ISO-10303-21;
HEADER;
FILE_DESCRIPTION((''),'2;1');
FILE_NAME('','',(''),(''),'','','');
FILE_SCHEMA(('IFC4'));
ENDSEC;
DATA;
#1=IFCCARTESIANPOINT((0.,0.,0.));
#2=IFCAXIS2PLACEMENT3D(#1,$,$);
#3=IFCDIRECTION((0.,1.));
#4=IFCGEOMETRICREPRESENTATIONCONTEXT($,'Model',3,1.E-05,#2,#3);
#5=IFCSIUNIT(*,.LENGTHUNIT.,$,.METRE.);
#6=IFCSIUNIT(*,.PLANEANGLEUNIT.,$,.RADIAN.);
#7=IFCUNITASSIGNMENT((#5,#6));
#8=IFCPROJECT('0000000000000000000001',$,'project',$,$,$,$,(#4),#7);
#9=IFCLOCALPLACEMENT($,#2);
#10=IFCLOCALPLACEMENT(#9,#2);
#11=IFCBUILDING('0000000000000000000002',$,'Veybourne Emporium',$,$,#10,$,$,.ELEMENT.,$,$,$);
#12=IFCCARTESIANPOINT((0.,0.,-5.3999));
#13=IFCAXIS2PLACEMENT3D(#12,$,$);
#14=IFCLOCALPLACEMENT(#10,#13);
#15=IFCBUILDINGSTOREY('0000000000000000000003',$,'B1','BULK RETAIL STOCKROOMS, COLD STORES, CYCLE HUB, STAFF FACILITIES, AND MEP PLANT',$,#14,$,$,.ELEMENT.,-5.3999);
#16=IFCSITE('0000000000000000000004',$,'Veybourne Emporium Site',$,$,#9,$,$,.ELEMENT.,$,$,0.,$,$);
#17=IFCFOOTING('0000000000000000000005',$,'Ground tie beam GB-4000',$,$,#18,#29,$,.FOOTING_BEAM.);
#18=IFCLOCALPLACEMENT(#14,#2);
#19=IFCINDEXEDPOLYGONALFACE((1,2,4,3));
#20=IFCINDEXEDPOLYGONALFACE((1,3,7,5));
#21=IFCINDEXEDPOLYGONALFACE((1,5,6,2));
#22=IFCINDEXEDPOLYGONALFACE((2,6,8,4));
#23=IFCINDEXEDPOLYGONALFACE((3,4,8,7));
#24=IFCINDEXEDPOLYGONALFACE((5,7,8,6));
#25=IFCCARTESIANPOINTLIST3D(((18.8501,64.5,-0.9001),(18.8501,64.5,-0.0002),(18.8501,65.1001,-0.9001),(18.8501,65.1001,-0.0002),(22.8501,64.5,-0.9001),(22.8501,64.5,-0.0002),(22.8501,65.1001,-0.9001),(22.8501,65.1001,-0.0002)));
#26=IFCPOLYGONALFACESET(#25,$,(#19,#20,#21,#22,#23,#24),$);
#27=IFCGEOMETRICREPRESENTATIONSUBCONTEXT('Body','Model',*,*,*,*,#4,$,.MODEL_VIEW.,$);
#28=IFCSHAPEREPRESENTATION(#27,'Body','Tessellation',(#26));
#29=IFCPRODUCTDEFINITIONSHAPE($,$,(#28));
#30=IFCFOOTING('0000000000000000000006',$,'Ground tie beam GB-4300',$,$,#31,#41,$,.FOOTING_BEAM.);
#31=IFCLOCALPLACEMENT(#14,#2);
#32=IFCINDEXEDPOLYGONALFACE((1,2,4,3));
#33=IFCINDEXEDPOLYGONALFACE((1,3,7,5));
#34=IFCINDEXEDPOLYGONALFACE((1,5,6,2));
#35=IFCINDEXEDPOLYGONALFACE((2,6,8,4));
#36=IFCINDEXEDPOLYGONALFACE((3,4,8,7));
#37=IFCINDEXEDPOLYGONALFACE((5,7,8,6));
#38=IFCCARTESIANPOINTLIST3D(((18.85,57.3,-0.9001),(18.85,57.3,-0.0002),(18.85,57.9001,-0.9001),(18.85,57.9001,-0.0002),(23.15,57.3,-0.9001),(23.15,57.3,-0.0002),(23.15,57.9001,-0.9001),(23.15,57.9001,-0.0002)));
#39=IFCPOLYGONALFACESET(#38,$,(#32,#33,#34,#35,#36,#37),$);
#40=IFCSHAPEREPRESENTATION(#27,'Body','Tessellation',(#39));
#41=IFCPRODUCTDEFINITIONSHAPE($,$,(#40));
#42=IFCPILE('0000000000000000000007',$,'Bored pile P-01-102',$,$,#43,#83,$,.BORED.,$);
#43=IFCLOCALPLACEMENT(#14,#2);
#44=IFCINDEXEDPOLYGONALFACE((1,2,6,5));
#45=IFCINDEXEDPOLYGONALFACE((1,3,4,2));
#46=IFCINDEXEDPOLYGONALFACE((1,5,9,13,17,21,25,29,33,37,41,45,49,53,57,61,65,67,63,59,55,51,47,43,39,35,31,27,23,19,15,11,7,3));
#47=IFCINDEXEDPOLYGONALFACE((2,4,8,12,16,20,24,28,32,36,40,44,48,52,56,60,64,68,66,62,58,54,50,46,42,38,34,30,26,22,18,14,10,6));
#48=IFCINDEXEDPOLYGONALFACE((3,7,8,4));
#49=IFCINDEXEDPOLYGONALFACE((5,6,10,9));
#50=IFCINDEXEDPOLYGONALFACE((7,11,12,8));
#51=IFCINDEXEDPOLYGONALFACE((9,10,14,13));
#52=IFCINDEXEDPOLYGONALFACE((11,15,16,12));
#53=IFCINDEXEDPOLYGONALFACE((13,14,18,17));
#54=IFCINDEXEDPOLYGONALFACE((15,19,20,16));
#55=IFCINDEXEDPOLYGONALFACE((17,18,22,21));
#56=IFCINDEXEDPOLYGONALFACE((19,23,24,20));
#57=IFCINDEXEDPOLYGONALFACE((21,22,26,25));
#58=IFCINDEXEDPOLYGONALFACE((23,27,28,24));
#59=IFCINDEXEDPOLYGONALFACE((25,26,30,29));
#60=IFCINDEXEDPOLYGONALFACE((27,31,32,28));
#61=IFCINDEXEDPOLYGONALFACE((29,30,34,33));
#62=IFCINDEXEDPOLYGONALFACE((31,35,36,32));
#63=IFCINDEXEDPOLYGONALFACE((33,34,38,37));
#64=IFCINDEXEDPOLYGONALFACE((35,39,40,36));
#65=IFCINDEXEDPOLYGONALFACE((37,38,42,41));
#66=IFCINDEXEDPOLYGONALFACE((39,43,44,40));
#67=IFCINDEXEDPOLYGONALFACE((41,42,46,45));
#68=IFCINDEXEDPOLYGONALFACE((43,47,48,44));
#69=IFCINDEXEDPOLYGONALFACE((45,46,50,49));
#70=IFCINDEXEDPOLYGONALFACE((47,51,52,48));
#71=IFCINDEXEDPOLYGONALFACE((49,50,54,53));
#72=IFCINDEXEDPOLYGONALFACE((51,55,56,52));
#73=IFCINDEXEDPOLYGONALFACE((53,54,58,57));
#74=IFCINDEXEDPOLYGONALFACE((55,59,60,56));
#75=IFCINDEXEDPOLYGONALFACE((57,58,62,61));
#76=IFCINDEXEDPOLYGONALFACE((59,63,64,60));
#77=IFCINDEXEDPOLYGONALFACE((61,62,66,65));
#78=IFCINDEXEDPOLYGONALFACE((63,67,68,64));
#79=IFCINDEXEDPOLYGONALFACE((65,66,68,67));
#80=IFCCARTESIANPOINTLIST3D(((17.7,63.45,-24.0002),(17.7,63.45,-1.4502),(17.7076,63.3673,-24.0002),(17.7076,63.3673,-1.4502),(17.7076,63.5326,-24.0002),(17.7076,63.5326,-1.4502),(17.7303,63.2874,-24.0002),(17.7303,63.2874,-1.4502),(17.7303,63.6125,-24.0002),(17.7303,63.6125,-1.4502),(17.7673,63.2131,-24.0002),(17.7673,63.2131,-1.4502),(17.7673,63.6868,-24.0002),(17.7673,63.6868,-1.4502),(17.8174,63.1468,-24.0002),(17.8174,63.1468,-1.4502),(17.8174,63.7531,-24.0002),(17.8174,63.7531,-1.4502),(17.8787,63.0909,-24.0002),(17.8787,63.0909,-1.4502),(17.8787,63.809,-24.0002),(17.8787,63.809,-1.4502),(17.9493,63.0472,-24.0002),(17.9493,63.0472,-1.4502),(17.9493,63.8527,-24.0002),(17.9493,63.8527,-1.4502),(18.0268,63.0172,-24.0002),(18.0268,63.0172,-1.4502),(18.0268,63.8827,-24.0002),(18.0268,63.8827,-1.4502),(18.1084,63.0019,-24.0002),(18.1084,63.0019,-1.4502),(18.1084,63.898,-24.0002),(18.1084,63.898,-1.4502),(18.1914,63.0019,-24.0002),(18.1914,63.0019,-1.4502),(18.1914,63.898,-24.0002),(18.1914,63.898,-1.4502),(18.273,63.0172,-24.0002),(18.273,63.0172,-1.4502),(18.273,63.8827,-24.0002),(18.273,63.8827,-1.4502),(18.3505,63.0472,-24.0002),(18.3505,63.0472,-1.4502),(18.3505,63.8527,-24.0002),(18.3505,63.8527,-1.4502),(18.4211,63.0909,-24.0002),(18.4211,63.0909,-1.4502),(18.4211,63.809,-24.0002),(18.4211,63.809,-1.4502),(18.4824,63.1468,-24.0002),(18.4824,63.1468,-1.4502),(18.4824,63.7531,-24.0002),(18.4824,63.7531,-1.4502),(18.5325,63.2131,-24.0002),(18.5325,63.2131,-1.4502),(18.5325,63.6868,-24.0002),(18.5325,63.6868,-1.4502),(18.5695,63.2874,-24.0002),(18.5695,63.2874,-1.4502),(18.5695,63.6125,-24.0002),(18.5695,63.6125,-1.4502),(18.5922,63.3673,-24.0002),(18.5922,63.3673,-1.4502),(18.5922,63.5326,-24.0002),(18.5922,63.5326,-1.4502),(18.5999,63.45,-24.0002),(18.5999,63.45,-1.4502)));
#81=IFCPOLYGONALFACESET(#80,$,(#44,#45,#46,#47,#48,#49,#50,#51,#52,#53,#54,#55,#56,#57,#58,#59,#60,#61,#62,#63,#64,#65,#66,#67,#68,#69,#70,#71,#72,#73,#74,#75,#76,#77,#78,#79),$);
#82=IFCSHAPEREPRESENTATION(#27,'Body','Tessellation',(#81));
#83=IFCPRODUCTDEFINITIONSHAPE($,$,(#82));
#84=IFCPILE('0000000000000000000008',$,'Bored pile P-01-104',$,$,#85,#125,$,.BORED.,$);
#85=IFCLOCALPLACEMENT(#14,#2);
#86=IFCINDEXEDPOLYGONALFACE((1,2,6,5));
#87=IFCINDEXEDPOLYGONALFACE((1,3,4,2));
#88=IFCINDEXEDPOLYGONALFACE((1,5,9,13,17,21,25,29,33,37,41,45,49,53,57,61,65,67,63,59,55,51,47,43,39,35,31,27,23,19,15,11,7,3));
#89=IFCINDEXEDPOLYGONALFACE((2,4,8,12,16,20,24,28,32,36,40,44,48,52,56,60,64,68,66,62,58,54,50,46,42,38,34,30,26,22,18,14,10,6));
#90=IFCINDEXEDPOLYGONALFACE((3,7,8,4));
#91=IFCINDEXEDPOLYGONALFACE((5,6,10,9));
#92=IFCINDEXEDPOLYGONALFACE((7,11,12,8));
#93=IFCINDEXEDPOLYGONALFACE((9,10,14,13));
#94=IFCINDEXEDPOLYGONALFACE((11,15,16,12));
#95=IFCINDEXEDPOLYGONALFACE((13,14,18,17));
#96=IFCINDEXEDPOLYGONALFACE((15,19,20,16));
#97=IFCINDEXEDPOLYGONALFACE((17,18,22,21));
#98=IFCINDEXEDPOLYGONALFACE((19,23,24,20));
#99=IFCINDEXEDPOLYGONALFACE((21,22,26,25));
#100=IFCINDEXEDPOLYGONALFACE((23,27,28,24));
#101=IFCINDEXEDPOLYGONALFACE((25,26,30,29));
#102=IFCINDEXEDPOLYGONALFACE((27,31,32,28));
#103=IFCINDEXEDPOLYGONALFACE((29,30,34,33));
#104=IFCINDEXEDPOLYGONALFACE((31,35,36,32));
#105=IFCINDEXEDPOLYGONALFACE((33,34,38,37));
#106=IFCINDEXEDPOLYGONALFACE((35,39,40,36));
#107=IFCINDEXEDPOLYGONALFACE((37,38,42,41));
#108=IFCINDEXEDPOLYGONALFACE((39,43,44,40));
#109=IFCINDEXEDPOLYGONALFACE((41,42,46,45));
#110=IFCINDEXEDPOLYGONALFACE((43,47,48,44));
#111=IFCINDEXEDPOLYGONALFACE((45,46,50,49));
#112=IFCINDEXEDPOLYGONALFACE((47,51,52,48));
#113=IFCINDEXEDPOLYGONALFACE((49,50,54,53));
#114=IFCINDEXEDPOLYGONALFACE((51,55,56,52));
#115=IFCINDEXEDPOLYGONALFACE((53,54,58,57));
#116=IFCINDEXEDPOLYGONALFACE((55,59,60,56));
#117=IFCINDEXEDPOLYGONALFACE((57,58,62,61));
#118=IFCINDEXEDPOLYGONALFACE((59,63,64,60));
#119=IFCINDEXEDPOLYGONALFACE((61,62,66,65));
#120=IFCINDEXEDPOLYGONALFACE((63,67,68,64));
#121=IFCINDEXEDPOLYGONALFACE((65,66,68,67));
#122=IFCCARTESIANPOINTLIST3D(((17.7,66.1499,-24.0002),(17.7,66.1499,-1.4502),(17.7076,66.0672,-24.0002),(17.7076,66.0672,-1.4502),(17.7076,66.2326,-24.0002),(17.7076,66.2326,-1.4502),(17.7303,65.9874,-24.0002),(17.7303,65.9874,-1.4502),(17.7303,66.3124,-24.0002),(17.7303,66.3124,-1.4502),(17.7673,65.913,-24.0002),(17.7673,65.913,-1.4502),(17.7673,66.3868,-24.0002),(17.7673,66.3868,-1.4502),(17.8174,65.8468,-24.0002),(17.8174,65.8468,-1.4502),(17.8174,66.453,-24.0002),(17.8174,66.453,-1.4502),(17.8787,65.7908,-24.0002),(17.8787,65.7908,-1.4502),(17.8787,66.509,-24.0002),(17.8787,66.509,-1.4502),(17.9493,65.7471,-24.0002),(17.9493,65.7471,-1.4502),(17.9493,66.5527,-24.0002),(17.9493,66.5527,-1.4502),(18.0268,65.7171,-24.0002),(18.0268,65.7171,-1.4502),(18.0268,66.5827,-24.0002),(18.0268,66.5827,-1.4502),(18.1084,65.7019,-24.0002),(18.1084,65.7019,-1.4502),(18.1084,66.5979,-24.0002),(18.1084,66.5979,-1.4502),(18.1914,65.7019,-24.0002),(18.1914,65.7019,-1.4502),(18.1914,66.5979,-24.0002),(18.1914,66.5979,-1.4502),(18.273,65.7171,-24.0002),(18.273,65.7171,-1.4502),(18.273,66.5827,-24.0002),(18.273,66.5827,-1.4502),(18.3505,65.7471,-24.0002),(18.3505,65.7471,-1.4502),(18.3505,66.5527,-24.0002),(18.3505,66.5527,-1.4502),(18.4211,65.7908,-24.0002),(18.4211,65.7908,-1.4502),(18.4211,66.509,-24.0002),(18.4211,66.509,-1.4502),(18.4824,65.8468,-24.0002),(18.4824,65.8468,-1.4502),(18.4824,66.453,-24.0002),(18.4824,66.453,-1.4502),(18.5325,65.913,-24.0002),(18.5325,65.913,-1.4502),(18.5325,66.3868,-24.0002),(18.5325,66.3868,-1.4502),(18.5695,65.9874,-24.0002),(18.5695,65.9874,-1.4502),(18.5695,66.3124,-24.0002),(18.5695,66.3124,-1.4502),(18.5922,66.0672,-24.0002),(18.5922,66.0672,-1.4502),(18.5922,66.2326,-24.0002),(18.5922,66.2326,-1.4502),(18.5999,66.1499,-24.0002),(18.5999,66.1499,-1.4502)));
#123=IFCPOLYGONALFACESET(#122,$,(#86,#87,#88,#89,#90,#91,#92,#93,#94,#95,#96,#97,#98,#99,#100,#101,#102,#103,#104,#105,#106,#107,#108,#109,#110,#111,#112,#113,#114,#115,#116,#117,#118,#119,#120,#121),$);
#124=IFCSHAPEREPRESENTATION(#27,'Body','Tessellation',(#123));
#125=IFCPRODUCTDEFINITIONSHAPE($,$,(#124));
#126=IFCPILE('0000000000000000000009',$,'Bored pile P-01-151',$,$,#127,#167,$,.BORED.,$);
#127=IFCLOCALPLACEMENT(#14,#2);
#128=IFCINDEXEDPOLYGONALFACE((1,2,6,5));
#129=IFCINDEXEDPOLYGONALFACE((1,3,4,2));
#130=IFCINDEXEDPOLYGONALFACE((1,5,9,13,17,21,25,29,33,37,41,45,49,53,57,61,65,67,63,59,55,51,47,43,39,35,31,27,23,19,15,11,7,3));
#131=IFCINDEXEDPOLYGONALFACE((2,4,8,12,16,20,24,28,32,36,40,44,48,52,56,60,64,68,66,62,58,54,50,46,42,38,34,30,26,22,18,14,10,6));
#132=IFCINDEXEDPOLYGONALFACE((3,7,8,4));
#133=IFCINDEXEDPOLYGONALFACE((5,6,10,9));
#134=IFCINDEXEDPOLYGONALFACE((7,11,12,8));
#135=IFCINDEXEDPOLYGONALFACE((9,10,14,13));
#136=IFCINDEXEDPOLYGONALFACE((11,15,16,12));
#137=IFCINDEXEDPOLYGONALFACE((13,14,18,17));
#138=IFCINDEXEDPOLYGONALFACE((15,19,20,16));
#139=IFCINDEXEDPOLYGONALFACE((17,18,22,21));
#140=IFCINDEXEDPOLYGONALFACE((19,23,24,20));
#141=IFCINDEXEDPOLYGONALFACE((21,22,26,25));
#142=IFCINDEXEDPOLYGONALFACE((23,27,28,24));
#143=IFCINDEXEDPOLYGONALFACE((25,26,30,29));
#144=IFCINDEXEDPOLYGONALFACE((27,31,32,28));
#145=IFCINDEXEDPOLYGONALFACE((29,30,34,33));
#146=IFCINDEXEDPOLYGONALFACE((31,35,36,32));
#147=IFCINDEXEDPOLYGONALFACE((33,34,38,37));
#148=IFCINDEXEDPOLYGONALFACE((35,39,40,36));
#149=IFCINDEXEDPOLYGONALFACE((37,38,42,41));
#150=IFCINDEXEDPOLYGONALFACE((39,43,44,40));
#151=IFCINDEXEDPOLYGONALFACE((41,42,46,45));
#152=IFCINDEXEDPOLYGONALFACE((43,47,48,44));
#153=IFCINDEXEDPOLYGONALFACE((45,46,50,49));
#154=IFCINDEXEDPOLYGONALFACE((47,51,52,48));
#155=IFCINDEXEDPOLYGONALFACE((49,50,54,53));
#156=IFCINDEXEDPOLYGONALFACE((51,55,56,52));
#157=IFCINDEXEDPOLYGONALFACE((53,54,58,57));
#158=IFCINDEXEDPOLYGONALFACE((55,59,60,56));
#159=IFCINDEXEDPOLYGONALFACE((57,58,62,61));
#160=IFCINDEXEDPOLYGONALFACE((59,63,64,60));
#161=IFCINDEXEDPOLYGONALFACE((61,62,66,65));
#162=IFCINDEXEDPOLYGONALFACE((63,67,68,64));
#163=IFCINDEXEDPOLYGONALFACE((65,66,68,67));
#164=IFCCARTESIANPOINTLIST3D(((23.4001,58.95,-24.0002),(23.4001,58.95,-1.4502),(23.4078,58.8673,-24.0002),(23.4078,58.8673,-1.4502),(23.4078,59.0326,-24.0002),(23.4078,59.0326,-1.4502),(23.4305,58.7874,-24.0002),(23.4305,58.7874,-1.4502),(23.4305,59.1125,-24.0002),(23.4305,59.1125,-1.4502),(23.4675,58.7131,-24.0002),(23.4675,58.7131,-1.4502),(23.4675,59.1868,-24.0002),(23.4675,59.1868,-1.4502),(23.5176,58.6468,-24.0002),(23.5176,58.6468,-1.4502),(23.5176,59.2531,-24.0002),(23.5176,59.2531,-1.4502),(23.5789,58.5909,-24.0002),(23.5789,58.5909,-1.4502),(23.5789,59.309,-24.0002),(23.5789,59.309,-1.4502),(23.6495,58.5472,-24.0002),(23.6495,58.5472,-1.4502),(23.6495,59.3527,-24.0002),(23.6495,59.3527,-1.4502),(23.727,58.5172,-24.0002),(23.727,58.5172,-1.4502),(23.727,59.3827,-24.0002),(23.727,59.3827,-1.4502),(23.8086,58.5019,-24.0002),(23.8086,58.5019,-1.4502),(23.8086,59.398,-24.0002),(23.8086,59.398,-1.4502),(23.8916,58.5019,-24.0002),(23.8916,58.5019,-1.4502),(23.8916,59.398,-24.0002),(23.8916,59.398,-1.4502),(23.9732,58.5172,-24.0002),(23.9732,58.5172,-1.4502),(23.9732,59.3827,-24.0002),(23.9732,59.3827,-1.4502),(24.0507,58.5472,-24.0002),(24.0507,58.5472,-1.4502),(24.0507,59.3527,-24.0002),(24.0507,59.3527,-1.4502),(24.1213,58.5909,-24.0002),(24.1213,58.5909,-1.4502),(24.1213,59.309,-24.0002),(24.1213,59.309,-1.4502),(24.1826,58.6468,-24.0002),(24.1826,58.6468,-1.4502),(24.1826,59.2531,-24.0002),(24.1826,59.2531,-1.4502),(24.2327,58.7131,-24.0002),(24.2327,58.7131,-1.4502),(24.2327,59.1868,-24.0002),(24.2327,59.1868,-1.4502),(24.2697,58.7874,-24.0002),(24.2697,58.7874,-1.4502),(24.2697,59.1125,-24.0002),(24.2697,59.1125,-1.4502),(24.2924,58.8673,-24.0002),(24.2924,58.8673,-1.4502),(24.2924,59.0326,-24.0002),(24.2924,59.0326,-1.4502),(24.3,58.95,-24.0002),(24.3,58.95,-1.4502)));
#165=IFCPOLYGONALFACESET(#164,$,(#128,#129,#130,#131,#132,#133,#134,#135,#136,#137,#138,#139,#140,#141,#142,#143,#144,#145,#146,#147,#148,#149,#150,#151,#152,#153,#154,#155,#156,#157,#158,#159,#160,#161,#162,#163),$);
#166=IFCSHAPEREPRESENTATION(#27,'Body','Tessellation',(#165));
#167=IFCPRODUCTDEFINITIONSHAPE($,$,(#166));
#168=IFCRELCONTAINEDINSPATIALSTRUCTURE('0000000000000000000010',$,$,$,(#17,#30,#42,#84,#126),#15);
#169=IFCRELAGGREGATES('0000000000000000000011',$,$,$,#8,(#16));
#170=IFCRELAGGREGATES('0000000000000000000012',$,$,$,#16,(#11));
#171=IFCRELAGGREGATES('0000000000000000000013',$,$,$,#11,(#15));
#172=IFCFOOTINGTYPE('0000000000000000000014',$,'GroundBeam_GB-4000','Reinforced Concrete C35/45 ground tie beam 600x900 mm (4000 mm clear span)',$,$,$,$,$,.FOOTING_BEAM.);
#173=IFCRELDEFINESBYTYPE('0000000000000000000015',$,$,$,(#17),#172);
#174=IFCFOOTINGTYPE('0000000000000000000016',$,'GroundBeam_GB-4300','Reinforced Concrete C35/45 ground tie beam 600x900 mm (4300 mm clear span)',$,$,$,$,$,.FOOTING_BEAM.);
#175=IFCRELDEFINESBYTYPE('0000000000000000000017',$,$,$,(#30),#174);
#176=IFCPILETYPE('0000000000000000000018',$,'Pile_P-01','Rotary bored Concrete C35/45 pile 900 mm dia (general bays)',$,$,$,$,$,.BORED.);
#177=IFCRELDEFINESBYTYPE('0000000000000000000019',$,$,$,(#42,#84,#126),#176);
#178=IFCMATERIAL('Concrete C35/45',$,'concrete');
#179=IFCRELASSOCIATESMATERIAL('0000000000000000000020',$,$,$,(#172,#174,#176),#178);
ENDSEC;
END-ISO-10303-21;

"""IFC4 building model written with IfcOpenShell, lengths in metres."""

from ifc_helpers import new_model, si_unit, direction, frame, origin, origin_2d, place, context, subcontext, project, spatial, rectangle, circle, extrude, material, material_profile, profile_set, type_object, element, save


model = new_model("IFC4")

# Units and contexts
model_context = context("Model", 3, precision=1e-05, world=origin(), true_north=direction((0.0, 1.0)))
body_context = subcontext(model_context, "Body", "Model", "MODEL_VIEW")
ifc_project = project(units=[si_unit("LENGTHUNIT", "METRE"), si_unit("PLANEANGLEUNIT", "RADIAN")], contexts=[model_context])

# Site, building, storey
site_placement = place(None, origin())
site = spatial("IfcSite", under=ifc_project, at=site_placement, Name="Veybourne Emporium Site", CompositionType="ELEMENT", RefElevation=0.0)
building_placement = place(site_placement, origin())
building = spatial("IfcBuilding", under=site, at=building_placement, Name="Veybourne Emporium", CompositionType="ELEMENT")
storey_placement = place(building_placement, frame((0.0, 0.0, -5.3999)))
storey = spatial("IfcBuildingStorey", under=building, at=storey_placement, Name="B1", Description="BULK RETAIL STOCKROOMS, COLD STORES, CYCLE HUB, STAFF FACILITIES, AND MEP PLANT", CompositionType="ELEMENT", Elevation=-5.3999)

# Footings
ifc_material_1 = material(Name="Concrete C35/45", Category="concrete")
footing_type_1 = type_object("IfcFootingType", Name="GroundBeam_GB-4000", Description="Reinforced Concrete C35/45 ground tie beam 600x900 mm (4000 mm clear span)", PredefinedType="FOOTING_BEAM", material=ifc_material_1)
footing_1_placement = place(storey_placement, frame((20.8501, 64.8, -0.9001), z_axis=(0.0, 0.0, 1.0), x_axis=(1.0, 0.0, 0.0)))
element("IfcFooting", 1, at=footing_1_placement, inside=storey, type_object=footing_type_1, Name="Ground tie beam GB-4000", PredefinedType="FOOTING_BEAM", context=body_context, shape_type="SweptSolid", body=[
    extrude(rectangle(XDim=4.0, YDim=0.6001, at=origin_2d()), origin(), (0.0, 0.0, 1.0), 0.8999),
])
footing_type_2 = type_object("IfcFootingType", Name="GroundBeam_GB-4300", Description="Reinforced Concrete C35/45 ground tie beam 600x900 mm (4300 mm clear span)", PredefinedType="FOOTING_BEAM", material=ifc_material_1)
footing_2_placement = place(storey_placement, frame((21.0, 57.6001, -0.9001), z_axis=(0.0, 0.0, 1.0), x_axis=(1.0, 0.0, 0.0)))
element("IfcFooting", 2, at=footing_2_placement, inside=storey, type_object=footing_type_2, Name="Ground tie beam GB-4300", PredefinedType="FOOTING_BEAM", context=body_context, shape_type="SweptSolid", body=[
    extrude(rectangle(XDim=4.3, YDim=0.6001, at=origin_2d()), origin(), (0.0, 0.0, 1.0), 0.8999),
])

# Piles
ifc_material_profile_1 = material_profile(ifc_material_1, circle(Radius=0.45, at=origin_2d()), Name="BORED PILE 900")
ifc_profile_set_1 = profile_set([ifc_material_profile_1], Name="Concrete C35/45")
pile_type_1 = type_object("IfcPileType", Name="Pile_P-01", Description="Rotary bored Concrete C35/45 pile 900 mm dia (general bays)", PredefinedType="BORED", material=ifc_profile_set_1)
for number, where, z_axis, x_axis, name in (
    (3, (18.1499, 63.45, -1.4502), (0.0, 0.0, -1.0), (1.0, 0.0, 0.0), "Bored pile P-01-102"),
    (4, (18.1499, 66.1499, -1.4502), (0.0, 0.0, -1.0), (1.0, 0.0, 0.0), "Bored pile P-01-104"),
    (5, (23.8501, 58.95, -1.4502), (0.0, 0.0, -1.0), (1.0, 0.0, 0.0), "Bored pile P-01-151"),
):
    element("IfcPile", number, at=place(storey_placement, frame(where, z_axis=z_axis, x_axis=x_axis)), inside=storey, type_object=pile_type_1, Name=name, PredefinedType="BORED", context=body_context, shape_type="SweptSolid", body=[
        extrude(circle(Radius=0.45, at=origin_2d()), origin(), (0.0, 0.0, 1.0), 22.55),
    ])

save(model, "model.ifc")
